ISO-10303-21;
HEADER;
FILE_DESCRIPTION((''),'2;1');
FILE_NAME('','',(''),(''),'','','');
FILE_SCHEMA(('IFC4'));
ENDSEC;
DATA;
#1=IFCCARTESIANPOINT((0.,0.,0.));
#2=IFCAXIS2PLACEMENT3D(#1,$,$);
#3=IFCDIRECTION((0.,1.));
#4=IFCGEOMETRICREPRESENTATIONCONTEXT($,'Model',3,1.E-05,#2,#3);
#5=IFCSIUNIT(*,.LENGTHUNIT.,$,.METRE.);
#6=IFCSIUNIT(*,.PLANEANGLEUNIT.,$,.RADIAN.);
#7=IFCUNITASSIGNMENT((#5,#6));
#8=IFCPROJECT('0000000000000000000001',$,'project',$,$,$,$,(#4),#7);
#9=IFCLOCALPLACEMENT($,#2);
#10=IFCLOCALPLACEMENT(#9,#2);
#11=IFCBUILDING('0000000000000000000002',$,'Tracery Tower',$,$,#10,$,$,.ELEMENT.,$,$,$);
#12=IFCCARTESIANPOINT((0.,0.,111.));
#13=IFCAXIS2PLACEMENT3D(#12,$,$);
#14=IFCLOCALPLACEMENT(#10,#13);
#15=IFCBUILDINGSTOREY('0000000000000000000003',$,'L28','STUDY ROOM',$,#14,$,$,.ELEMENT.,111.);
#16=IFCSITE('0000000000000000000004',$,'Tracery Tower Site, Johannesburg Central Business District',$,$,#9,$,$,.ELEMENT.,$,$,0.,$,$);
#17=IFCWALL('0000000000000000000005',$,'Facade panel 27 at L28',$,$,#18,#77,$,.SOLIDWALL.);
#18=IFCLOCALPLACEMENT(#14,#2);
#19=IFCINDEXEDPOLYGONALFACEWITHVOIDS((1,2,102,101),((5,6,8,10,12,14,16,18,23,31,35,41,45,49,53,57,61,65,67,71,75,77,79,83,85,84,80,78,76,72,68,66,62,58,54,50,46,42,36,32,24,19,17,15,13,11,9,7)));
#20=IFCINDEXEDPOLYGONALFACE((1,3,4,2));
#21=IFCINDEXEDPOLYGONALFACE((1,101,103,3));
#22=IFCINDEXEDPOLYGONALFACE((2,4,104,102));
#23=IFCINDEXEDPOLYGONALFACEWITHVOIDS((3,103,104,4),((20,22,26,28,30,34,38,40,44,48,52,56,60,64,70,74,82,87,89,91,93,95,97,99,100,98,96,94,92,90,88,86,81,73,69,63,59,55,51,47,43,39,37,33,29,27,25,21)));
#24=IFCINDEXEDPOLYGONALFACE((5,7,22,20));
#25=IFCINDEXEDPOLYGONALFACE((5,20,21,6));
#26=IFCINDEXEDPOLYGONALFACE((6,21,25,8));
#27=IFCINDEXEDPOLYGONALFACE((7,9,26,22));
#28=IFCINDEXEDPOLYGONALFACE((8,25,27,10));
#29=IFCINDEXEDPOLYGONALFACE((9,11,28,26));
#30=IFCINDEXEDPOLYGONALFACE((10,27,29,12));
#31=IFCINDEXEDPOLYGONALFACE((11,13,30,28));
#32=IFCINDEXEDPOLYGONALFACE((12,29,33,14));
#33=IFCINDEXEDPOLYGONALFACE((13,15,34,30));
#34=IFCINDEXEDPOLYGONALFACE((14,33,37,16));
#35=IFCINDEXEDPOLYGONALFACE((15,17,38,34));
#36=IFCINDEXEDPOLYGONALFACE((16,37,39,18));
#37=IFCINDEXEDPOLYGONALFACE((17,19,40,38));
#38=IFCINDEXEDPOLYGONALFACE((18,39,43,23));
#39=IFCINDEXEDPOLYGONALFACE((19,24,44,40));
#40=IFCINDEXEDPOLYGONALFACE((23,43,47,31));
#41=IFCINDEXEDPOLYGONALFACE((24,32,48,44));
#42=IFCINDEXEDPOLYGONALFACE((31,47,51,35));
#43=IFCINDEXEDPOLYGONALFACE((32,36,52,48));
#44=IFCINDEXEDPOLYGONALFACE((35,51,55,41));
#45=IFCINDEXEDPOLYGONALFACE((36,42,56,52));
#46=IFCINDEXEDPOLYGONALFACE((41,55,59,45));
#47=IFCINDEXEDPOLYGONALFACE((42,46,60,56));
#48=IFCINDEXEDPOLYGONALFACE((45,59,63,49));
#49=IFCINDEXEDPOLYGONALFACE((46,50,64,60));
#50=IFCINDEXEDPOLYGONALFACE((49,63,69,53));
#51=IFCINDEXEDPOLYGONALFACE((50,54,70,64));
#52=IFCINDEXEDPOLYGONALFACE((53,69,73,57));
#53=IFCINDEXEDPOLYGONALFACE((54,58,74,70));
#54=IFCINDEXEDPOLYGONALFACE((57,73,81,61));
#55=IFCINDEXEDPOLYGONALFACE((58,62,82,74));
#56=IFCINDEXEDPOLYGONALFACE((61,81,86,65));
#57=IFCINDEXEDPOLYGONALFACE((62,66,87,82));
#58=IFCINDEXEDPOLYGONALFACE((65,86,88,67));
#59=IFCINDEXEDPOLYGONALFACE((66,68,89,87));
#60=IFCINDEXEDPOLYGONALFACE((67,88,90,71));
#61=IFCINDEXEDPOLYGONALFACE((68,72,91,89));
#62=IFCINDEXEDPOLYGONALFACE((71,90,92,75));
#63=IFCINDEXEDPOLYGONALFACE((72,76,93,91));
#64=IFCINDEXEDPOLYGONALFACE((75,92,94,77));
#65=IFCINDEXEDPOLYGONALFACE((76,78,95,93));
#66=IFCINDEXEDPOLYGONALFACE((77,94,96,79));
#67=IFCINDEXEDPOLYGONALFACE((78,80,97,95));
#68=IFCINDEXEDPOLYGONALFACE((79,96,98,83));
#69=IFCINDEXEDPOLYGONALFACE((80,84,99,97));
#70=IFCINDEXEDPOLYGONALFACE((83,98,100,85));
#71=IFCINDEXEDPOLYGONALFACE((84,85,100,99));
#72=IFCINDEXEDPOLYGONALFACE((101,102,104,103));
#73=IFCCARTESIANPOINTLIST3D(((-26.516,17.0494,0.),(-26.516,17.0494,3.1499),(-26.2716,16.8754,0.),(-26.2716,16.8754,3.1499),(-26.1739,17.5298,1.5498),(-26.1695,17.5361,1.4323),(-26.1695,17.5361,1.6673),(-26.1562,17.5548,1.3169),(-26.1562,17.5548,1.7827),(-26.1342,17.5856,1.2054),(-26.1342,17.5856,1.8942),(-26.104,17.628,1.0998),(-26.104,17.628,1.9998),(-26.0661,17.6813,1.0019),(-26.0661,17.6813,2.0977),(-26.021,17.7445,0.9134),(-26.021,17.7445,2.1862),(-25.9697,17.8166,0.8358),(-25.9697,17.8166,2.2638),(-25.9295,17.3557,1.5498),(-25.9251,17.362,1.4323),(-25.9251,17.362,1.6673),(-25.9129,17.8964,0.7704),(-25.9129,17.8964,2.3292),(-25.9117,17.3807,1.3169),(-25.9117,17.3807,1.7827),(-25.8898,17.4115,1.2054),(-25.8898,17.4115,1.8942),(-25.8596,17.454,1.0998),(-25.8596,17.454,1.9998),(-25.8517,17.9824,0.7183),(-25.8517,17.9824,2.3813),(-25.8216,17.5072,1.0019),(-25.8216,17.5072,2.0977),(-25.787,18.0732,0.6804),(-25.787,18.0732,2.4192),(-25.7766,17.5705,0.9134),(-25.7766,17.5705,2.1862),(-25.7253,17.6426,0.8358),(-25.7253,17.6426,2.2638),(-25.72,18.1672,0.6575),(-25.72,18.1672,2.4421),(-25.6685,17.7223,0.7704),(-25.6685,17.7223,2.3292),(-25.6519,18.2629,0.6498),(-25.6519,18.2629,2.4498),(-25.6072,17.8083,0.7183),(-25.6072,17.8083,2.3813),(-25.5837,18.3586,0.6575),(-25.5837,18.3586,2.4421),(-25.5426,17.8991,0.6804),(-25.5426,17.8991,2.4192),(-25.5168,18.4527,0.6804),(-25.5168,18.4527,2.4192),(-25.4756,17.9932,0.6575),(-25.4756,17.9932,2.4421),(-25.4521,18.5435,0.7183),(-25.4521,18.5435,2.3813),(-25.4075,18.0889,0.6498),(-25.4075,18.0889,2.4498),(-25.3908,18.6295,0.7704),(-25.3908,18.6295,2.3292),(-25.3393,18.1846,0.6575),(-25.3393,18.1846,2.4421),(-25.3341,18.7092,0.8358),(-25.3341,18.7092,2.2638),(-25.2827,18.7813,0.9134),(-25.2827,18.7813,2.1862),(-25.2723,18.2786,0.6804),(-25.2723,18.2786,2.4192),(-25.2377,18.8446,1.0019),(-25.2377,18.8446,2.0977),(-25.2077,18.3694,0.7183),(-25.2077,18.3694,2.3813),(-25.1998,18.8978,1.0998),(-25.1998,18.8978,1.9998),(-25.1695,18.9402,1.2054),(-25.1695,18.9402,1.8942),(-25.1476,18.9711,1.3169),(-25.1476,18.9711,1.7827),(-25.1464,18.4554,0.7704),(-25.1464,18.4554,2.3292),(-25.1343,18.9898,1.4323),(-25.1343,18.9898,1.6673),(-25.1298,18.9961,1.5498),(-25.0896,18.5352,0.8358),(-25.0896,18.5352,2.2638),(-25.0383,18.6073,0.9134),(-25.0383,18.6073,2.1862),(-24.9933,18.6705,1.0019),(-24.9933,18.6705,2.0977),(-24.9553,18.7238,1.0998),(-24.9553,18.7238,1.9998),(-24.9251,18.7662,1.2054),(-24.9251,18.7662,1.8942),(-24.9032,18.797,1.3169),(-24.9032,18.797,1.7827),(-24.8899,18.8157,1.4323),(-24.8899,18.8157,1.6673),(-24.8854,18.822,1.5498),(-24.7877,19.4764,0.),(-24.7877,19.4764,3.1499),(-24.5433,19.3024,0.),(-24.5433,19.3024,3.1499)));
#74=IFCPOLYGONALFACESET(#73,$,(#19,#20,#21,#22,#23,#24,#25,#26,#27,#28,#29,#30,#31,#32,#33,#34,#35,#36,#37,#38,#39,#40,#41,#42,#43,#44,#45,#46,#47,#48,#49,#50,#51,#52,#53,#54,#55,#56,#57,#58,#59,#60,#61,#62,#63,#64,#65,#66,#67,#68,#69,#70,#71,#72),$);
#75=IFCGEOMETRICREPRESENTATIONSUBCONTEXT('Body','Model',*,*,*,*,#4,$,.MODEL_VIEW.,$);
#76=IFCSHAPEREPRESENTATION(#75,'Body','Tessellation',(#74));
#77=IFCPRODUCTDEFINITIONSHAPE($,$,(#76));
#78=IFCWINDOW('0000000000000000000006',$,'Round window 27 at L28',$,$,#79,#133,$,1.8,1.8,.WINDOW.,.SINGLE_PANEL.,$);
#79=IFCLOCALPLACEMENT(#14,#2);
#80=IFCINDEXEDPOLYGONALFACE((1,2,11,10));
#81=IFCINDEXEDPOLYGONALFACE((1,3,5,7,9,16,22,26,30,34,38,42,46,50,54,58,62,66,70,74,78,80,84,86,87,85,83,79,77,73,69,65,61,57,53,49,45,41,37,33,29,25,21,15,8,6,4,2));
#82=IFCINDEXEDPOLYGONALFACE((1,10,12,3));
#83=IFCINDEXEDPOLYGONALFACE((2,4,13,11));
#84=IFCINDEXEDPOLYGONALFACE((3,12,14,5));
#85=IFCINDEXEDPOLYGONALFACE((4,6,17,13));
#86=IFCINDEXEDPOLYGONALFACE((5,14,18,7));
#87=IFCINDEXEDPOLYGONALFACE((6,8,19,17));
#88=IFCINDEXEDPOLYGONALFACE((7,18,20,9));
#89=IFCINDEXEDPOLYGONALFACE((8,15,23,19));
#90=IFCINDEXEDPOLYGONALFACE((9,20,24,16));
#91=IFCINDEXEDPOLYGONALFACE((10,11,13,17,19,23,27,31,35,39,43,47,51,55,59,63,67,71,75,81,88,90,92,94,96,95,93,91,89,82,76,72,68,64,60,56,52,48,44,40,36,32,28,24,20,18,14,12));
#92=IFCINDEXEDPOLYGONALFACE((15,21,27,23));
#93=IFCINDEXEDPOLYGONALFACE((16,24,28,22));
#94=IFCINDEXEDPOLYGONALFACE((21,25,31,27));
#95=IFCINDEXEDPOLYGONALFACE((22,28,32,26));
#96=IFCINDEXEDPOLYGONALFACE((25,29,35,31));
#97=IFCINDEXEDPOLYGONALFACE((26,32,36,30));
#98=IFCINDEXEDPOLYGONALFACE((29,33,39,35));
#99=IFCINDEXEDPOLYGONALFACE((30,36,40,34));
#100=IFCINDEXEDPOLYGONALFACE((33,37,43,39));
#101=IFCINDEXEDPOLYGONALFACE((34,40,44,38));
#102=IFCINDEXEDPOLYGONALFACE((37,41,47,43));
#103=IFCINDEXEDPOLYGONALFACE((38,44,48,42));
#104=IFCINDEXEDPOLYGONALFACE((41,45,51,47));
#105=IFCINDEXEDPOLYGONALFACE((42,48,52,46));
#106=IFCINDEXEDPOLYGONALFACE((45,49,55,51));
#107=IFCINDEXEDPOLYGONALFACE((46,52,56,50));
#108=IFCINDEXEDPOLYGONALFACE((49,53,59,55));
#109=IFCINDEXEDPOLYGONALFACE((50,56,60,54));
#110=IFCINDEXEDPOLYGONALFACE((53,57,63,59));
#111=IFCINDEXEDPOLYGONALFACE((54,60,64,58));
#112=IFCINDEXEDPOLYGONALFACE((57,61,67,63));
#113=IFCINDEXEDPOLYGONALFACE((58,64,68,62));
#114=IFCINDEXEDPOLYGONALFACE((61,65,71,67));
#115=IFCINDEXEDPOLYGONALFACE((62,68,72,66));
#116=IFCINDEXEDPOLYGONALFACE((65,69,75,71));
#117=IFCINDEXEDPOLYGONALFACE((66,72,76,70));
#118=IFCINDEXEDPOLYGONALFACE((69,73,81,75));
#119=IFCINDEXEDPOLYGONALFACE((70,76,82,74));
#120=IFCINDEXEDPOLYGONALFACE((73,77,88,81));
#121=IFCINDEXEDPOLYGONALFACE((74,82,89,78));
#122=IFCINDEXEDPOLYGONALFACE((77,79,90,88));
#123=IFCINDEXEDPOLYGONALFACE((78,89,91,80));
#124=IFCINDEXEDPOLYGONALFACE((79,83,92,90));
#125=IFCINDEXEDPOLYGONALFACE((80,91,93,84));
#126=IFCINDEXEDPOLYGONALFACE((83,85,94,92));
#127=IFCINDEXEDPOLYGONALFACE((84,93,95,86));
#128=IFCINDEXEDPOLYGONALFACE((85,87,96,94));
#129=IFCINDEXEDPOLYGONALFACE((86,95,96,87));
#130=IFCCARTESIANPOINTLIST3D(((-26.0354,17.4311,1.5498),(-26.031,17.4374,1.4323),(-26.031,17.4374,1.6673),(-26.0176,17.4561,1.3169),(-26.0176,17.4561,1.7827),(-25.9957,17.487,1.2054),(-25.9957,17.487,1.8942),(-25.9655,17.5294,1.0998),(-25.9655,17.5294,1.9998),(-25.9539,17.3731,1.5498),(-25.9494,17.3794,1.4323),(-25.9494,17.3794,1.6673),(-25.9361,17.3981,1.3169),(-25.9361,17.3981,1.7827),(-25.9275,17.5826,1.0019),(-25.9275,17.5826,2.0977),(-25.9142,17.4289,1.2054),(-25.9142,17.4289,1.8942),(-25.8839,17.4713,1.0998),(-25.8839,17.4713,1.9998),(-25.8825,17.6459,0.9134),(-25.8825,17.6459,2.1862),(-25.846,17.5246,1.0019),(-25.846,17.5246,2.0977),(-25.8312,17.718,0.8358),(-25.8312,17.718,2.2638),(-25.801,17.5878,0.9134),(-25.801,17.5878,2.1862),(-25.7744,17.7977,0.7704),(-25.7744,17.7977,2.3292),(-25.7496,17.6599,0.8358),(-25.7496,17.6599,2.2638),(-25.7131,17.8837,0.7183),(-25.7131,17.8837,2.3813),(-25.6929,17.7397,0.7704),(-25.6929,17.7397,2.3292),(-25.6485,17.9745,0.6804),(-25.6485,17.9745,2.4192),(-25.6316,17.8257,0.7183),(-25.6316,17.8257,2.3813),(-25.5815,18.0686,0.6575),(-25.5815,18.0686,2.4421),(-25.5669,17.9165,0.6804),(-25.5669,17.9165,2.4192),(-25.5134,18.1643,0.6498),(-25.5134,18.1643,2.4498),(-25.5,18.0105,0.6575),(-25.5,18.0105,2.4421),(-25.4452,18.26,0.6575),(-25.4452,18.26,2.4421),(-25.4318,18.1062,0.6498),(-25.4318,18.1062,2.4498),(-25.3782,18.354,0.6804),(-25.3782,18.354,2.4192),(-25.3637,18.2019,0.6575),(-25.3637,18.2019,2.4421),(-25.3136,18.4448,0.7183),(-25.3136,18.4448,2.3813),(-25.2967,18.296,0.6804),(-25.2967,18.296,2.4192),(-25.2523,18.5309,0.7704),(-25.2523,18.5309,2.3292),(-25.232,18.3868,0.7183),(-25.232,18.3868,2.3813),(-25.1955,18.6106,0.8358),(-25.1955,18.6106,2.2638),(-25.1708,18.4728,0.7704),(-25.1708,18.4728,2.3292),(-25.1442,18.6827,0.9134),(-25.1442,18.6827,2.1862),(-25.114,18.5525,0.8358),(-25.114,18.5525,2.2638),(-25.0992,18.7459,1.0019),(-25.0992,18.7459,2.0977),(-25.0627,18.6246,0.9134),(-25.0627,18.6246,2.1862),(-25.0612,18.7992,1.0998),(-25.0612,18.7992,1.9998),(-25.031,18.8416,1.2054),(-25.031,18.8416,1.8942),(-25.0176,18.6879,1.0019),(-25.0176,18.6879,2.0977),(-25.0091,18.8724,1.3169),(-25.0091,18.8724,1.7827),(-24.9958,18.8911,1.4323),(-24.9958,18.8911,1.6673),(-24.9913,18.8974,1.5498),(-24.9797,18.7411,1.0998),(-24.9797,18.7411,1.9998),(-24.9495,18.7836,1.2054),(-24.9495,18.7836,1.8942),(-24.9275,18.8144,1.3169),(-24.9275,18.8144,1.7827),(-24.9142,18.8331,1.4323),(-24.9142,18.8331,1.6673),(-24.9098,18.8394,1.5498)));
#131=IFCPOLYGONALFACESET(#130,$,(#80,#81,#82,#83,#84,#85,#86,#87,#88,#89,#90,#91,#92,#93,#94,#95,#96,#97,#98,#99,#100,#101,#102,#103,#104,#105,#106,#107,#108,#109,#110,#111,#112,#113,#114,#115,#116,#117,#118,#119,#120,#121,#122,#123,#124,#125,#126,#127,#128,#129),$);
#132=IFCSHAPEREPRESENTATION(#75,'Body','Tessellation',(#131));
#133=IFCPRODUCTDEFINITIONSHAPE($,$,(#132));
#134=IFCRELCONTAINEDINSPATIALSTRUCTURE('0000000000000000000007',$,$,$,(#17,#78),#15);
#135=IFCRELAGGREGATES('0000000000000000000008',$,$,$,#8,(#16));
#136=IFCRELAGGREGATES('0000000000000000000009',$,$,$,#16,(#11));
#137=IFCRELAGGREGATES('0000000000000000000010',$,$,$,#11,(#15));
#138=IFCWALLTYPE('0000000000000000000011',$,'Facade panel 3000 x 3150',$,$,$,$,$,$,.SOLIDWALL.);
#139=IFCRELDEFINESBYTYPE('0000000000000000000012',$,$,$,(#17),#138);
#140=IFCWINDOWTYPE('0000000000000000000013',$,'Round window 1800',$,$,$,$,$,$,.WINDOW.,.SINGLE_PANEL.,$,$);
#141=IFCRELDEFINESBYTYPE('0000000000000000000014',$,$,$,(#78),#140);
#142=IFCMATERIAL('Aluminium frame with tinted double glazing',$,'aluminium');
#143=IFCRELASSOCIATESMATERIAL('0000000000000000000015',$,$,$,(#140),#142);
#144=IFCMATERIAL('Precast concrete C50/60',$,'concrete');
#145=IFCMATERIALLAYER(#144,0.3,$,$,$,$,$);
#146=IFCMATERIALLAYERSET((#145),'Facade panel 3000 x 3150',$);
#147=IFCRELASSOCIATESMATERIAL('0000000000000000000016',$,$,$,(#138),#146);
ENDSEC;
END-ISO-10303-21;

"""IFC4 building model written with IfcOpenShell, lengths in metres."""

from ifc_helpers import new_model, si_unit, direction, frame, frame_2d, origin, origin_2d, place, context, subcontext, project, spatial, rectangle, circle, extrude, material, layer, layer_set, type_object, element, fill, save


model = new_model("IFC4")

# Units and contexts
model_context = context("Model", 3, precision=1e-05, world=origin(), true_north=direction((0.0, 1.0)))
body_context = subcontext(model_context, "Body", "Model", "MODEL_VIEW")
ifc_project = project(units=[si_unit("LENGTHUNIT", "METRE"), si_unit("PLANEANGLEUNIT", "RADIAN")], contexts=[model_context])

# Site, building, storey
site_placement = place(None, origin())
site = spatial("IfcSite", under=ifc_project, at=site_placement, Name="Tracery Tower Site, Johannesburg Central Business District", CompositionType="ELEMENT", RefElevation=0.0)
building_placement = place(site_placement, origin())
building = spatial("IfcBuilding", under=site, at=building_placement, Name="Tracery Tower", CompositionType="ELEMENT")
storey_placement = place(building_placement, frame((0.0, 0.0, 111.0)))
storey = spatial("IfcBuildingStorey", under=building, at=storey_placement, Name="L28", Description="STUDY ROOM", CompositionType="ELEMENT", Elevation=111.0)

# Wall, opening, window
ifc_material_1 = material(Name="Aluminium frame with tinted double glazing", Category="aluminium")
window_type = type_object("IfcWindowType", Name="Round window 1800", PartitioningType="SINGLE_PANEL", PredefinedType="WINDOW", material=ifc_material_1)
ifc_material_2 = material(Name="Precast concrete C50/60", Category="concrete")
ifc_layer_1 = layer(ifc_material_2, 0.3)
ifc_layer_set_1 = layer_set([ifc_layer_1], Name="Facade panel 3000 x 3150")
wall_type_1 = type_object("IfcWallType", Name="Facade panel 3000 x 3150", PredefinedType="SOLIDWALL", material=ifc_layer_set_1)
wall_1_placement = place(storey_placement, frame((-24.6655, 19.3894, 0.0), z_axis=(0.0, 0.0, 1.0), x_axis=(-0.580059, -0.814574, 0.0)))
wall_1 = element("IfcWall", 1, at=wall_1_placement, inside=storey, type_object=wall_type_1, Name="Facade panel 27 at L28", PredefinedType="SOLIDWALL", context=body_context, shape_type="SweptSolid", body=[
    extrude(rectangle(XDim=2.9795, YDim=0.3, at=frame_2d((1.4897, 0.0))), origin(), (0.0, 0.0, 1.0), 3.1499),
])
opening_1_placement = place(wall_1_placement, frame((1.4897, 0.0, 1.5498)))
opening_1 = element("IfcOpeningElement", 2, at=opening_1_placement, cuts=wall_1, PredefinedType="OPENING", context=body_context, shape_type="SweptSolid", body=[
    extrude(circle(Radius=0.9, at=origin_2d()), frame((0.0, 0.1599, 0.0), z_axis=(0.0, -1.0, 0.0), x_axis=(1.0, 0.0, 0.0)), (0.0, 0.0, 1.0), 0.3201),
])
window_1_placement = place(opening_1_placement, origin())
window_1 = element("IfcWindow", 3, at=window_1_placement, inside=storey, type_object=window_type, Name="Round window 27 at L28", OverallHeight=1.8, OverallWidth=1.8, PartitioningType="SINGLE_PANEL", PredefinedType="WINDOW", context=body_context, shape_type="SweptSolid", body=[
    extrude(circle(Radius=0.9, at=origin_2d()), frame((0.0, 0.1201, 0.0), z_axis=(0.0, -1.0, 0.0), x_axis=(1.0, 0.0, 0.0)), (0.0, 0.0, 1.0), 0.1001),
])
fill(opening_1, window_1)

save(model, "model.ifc")
